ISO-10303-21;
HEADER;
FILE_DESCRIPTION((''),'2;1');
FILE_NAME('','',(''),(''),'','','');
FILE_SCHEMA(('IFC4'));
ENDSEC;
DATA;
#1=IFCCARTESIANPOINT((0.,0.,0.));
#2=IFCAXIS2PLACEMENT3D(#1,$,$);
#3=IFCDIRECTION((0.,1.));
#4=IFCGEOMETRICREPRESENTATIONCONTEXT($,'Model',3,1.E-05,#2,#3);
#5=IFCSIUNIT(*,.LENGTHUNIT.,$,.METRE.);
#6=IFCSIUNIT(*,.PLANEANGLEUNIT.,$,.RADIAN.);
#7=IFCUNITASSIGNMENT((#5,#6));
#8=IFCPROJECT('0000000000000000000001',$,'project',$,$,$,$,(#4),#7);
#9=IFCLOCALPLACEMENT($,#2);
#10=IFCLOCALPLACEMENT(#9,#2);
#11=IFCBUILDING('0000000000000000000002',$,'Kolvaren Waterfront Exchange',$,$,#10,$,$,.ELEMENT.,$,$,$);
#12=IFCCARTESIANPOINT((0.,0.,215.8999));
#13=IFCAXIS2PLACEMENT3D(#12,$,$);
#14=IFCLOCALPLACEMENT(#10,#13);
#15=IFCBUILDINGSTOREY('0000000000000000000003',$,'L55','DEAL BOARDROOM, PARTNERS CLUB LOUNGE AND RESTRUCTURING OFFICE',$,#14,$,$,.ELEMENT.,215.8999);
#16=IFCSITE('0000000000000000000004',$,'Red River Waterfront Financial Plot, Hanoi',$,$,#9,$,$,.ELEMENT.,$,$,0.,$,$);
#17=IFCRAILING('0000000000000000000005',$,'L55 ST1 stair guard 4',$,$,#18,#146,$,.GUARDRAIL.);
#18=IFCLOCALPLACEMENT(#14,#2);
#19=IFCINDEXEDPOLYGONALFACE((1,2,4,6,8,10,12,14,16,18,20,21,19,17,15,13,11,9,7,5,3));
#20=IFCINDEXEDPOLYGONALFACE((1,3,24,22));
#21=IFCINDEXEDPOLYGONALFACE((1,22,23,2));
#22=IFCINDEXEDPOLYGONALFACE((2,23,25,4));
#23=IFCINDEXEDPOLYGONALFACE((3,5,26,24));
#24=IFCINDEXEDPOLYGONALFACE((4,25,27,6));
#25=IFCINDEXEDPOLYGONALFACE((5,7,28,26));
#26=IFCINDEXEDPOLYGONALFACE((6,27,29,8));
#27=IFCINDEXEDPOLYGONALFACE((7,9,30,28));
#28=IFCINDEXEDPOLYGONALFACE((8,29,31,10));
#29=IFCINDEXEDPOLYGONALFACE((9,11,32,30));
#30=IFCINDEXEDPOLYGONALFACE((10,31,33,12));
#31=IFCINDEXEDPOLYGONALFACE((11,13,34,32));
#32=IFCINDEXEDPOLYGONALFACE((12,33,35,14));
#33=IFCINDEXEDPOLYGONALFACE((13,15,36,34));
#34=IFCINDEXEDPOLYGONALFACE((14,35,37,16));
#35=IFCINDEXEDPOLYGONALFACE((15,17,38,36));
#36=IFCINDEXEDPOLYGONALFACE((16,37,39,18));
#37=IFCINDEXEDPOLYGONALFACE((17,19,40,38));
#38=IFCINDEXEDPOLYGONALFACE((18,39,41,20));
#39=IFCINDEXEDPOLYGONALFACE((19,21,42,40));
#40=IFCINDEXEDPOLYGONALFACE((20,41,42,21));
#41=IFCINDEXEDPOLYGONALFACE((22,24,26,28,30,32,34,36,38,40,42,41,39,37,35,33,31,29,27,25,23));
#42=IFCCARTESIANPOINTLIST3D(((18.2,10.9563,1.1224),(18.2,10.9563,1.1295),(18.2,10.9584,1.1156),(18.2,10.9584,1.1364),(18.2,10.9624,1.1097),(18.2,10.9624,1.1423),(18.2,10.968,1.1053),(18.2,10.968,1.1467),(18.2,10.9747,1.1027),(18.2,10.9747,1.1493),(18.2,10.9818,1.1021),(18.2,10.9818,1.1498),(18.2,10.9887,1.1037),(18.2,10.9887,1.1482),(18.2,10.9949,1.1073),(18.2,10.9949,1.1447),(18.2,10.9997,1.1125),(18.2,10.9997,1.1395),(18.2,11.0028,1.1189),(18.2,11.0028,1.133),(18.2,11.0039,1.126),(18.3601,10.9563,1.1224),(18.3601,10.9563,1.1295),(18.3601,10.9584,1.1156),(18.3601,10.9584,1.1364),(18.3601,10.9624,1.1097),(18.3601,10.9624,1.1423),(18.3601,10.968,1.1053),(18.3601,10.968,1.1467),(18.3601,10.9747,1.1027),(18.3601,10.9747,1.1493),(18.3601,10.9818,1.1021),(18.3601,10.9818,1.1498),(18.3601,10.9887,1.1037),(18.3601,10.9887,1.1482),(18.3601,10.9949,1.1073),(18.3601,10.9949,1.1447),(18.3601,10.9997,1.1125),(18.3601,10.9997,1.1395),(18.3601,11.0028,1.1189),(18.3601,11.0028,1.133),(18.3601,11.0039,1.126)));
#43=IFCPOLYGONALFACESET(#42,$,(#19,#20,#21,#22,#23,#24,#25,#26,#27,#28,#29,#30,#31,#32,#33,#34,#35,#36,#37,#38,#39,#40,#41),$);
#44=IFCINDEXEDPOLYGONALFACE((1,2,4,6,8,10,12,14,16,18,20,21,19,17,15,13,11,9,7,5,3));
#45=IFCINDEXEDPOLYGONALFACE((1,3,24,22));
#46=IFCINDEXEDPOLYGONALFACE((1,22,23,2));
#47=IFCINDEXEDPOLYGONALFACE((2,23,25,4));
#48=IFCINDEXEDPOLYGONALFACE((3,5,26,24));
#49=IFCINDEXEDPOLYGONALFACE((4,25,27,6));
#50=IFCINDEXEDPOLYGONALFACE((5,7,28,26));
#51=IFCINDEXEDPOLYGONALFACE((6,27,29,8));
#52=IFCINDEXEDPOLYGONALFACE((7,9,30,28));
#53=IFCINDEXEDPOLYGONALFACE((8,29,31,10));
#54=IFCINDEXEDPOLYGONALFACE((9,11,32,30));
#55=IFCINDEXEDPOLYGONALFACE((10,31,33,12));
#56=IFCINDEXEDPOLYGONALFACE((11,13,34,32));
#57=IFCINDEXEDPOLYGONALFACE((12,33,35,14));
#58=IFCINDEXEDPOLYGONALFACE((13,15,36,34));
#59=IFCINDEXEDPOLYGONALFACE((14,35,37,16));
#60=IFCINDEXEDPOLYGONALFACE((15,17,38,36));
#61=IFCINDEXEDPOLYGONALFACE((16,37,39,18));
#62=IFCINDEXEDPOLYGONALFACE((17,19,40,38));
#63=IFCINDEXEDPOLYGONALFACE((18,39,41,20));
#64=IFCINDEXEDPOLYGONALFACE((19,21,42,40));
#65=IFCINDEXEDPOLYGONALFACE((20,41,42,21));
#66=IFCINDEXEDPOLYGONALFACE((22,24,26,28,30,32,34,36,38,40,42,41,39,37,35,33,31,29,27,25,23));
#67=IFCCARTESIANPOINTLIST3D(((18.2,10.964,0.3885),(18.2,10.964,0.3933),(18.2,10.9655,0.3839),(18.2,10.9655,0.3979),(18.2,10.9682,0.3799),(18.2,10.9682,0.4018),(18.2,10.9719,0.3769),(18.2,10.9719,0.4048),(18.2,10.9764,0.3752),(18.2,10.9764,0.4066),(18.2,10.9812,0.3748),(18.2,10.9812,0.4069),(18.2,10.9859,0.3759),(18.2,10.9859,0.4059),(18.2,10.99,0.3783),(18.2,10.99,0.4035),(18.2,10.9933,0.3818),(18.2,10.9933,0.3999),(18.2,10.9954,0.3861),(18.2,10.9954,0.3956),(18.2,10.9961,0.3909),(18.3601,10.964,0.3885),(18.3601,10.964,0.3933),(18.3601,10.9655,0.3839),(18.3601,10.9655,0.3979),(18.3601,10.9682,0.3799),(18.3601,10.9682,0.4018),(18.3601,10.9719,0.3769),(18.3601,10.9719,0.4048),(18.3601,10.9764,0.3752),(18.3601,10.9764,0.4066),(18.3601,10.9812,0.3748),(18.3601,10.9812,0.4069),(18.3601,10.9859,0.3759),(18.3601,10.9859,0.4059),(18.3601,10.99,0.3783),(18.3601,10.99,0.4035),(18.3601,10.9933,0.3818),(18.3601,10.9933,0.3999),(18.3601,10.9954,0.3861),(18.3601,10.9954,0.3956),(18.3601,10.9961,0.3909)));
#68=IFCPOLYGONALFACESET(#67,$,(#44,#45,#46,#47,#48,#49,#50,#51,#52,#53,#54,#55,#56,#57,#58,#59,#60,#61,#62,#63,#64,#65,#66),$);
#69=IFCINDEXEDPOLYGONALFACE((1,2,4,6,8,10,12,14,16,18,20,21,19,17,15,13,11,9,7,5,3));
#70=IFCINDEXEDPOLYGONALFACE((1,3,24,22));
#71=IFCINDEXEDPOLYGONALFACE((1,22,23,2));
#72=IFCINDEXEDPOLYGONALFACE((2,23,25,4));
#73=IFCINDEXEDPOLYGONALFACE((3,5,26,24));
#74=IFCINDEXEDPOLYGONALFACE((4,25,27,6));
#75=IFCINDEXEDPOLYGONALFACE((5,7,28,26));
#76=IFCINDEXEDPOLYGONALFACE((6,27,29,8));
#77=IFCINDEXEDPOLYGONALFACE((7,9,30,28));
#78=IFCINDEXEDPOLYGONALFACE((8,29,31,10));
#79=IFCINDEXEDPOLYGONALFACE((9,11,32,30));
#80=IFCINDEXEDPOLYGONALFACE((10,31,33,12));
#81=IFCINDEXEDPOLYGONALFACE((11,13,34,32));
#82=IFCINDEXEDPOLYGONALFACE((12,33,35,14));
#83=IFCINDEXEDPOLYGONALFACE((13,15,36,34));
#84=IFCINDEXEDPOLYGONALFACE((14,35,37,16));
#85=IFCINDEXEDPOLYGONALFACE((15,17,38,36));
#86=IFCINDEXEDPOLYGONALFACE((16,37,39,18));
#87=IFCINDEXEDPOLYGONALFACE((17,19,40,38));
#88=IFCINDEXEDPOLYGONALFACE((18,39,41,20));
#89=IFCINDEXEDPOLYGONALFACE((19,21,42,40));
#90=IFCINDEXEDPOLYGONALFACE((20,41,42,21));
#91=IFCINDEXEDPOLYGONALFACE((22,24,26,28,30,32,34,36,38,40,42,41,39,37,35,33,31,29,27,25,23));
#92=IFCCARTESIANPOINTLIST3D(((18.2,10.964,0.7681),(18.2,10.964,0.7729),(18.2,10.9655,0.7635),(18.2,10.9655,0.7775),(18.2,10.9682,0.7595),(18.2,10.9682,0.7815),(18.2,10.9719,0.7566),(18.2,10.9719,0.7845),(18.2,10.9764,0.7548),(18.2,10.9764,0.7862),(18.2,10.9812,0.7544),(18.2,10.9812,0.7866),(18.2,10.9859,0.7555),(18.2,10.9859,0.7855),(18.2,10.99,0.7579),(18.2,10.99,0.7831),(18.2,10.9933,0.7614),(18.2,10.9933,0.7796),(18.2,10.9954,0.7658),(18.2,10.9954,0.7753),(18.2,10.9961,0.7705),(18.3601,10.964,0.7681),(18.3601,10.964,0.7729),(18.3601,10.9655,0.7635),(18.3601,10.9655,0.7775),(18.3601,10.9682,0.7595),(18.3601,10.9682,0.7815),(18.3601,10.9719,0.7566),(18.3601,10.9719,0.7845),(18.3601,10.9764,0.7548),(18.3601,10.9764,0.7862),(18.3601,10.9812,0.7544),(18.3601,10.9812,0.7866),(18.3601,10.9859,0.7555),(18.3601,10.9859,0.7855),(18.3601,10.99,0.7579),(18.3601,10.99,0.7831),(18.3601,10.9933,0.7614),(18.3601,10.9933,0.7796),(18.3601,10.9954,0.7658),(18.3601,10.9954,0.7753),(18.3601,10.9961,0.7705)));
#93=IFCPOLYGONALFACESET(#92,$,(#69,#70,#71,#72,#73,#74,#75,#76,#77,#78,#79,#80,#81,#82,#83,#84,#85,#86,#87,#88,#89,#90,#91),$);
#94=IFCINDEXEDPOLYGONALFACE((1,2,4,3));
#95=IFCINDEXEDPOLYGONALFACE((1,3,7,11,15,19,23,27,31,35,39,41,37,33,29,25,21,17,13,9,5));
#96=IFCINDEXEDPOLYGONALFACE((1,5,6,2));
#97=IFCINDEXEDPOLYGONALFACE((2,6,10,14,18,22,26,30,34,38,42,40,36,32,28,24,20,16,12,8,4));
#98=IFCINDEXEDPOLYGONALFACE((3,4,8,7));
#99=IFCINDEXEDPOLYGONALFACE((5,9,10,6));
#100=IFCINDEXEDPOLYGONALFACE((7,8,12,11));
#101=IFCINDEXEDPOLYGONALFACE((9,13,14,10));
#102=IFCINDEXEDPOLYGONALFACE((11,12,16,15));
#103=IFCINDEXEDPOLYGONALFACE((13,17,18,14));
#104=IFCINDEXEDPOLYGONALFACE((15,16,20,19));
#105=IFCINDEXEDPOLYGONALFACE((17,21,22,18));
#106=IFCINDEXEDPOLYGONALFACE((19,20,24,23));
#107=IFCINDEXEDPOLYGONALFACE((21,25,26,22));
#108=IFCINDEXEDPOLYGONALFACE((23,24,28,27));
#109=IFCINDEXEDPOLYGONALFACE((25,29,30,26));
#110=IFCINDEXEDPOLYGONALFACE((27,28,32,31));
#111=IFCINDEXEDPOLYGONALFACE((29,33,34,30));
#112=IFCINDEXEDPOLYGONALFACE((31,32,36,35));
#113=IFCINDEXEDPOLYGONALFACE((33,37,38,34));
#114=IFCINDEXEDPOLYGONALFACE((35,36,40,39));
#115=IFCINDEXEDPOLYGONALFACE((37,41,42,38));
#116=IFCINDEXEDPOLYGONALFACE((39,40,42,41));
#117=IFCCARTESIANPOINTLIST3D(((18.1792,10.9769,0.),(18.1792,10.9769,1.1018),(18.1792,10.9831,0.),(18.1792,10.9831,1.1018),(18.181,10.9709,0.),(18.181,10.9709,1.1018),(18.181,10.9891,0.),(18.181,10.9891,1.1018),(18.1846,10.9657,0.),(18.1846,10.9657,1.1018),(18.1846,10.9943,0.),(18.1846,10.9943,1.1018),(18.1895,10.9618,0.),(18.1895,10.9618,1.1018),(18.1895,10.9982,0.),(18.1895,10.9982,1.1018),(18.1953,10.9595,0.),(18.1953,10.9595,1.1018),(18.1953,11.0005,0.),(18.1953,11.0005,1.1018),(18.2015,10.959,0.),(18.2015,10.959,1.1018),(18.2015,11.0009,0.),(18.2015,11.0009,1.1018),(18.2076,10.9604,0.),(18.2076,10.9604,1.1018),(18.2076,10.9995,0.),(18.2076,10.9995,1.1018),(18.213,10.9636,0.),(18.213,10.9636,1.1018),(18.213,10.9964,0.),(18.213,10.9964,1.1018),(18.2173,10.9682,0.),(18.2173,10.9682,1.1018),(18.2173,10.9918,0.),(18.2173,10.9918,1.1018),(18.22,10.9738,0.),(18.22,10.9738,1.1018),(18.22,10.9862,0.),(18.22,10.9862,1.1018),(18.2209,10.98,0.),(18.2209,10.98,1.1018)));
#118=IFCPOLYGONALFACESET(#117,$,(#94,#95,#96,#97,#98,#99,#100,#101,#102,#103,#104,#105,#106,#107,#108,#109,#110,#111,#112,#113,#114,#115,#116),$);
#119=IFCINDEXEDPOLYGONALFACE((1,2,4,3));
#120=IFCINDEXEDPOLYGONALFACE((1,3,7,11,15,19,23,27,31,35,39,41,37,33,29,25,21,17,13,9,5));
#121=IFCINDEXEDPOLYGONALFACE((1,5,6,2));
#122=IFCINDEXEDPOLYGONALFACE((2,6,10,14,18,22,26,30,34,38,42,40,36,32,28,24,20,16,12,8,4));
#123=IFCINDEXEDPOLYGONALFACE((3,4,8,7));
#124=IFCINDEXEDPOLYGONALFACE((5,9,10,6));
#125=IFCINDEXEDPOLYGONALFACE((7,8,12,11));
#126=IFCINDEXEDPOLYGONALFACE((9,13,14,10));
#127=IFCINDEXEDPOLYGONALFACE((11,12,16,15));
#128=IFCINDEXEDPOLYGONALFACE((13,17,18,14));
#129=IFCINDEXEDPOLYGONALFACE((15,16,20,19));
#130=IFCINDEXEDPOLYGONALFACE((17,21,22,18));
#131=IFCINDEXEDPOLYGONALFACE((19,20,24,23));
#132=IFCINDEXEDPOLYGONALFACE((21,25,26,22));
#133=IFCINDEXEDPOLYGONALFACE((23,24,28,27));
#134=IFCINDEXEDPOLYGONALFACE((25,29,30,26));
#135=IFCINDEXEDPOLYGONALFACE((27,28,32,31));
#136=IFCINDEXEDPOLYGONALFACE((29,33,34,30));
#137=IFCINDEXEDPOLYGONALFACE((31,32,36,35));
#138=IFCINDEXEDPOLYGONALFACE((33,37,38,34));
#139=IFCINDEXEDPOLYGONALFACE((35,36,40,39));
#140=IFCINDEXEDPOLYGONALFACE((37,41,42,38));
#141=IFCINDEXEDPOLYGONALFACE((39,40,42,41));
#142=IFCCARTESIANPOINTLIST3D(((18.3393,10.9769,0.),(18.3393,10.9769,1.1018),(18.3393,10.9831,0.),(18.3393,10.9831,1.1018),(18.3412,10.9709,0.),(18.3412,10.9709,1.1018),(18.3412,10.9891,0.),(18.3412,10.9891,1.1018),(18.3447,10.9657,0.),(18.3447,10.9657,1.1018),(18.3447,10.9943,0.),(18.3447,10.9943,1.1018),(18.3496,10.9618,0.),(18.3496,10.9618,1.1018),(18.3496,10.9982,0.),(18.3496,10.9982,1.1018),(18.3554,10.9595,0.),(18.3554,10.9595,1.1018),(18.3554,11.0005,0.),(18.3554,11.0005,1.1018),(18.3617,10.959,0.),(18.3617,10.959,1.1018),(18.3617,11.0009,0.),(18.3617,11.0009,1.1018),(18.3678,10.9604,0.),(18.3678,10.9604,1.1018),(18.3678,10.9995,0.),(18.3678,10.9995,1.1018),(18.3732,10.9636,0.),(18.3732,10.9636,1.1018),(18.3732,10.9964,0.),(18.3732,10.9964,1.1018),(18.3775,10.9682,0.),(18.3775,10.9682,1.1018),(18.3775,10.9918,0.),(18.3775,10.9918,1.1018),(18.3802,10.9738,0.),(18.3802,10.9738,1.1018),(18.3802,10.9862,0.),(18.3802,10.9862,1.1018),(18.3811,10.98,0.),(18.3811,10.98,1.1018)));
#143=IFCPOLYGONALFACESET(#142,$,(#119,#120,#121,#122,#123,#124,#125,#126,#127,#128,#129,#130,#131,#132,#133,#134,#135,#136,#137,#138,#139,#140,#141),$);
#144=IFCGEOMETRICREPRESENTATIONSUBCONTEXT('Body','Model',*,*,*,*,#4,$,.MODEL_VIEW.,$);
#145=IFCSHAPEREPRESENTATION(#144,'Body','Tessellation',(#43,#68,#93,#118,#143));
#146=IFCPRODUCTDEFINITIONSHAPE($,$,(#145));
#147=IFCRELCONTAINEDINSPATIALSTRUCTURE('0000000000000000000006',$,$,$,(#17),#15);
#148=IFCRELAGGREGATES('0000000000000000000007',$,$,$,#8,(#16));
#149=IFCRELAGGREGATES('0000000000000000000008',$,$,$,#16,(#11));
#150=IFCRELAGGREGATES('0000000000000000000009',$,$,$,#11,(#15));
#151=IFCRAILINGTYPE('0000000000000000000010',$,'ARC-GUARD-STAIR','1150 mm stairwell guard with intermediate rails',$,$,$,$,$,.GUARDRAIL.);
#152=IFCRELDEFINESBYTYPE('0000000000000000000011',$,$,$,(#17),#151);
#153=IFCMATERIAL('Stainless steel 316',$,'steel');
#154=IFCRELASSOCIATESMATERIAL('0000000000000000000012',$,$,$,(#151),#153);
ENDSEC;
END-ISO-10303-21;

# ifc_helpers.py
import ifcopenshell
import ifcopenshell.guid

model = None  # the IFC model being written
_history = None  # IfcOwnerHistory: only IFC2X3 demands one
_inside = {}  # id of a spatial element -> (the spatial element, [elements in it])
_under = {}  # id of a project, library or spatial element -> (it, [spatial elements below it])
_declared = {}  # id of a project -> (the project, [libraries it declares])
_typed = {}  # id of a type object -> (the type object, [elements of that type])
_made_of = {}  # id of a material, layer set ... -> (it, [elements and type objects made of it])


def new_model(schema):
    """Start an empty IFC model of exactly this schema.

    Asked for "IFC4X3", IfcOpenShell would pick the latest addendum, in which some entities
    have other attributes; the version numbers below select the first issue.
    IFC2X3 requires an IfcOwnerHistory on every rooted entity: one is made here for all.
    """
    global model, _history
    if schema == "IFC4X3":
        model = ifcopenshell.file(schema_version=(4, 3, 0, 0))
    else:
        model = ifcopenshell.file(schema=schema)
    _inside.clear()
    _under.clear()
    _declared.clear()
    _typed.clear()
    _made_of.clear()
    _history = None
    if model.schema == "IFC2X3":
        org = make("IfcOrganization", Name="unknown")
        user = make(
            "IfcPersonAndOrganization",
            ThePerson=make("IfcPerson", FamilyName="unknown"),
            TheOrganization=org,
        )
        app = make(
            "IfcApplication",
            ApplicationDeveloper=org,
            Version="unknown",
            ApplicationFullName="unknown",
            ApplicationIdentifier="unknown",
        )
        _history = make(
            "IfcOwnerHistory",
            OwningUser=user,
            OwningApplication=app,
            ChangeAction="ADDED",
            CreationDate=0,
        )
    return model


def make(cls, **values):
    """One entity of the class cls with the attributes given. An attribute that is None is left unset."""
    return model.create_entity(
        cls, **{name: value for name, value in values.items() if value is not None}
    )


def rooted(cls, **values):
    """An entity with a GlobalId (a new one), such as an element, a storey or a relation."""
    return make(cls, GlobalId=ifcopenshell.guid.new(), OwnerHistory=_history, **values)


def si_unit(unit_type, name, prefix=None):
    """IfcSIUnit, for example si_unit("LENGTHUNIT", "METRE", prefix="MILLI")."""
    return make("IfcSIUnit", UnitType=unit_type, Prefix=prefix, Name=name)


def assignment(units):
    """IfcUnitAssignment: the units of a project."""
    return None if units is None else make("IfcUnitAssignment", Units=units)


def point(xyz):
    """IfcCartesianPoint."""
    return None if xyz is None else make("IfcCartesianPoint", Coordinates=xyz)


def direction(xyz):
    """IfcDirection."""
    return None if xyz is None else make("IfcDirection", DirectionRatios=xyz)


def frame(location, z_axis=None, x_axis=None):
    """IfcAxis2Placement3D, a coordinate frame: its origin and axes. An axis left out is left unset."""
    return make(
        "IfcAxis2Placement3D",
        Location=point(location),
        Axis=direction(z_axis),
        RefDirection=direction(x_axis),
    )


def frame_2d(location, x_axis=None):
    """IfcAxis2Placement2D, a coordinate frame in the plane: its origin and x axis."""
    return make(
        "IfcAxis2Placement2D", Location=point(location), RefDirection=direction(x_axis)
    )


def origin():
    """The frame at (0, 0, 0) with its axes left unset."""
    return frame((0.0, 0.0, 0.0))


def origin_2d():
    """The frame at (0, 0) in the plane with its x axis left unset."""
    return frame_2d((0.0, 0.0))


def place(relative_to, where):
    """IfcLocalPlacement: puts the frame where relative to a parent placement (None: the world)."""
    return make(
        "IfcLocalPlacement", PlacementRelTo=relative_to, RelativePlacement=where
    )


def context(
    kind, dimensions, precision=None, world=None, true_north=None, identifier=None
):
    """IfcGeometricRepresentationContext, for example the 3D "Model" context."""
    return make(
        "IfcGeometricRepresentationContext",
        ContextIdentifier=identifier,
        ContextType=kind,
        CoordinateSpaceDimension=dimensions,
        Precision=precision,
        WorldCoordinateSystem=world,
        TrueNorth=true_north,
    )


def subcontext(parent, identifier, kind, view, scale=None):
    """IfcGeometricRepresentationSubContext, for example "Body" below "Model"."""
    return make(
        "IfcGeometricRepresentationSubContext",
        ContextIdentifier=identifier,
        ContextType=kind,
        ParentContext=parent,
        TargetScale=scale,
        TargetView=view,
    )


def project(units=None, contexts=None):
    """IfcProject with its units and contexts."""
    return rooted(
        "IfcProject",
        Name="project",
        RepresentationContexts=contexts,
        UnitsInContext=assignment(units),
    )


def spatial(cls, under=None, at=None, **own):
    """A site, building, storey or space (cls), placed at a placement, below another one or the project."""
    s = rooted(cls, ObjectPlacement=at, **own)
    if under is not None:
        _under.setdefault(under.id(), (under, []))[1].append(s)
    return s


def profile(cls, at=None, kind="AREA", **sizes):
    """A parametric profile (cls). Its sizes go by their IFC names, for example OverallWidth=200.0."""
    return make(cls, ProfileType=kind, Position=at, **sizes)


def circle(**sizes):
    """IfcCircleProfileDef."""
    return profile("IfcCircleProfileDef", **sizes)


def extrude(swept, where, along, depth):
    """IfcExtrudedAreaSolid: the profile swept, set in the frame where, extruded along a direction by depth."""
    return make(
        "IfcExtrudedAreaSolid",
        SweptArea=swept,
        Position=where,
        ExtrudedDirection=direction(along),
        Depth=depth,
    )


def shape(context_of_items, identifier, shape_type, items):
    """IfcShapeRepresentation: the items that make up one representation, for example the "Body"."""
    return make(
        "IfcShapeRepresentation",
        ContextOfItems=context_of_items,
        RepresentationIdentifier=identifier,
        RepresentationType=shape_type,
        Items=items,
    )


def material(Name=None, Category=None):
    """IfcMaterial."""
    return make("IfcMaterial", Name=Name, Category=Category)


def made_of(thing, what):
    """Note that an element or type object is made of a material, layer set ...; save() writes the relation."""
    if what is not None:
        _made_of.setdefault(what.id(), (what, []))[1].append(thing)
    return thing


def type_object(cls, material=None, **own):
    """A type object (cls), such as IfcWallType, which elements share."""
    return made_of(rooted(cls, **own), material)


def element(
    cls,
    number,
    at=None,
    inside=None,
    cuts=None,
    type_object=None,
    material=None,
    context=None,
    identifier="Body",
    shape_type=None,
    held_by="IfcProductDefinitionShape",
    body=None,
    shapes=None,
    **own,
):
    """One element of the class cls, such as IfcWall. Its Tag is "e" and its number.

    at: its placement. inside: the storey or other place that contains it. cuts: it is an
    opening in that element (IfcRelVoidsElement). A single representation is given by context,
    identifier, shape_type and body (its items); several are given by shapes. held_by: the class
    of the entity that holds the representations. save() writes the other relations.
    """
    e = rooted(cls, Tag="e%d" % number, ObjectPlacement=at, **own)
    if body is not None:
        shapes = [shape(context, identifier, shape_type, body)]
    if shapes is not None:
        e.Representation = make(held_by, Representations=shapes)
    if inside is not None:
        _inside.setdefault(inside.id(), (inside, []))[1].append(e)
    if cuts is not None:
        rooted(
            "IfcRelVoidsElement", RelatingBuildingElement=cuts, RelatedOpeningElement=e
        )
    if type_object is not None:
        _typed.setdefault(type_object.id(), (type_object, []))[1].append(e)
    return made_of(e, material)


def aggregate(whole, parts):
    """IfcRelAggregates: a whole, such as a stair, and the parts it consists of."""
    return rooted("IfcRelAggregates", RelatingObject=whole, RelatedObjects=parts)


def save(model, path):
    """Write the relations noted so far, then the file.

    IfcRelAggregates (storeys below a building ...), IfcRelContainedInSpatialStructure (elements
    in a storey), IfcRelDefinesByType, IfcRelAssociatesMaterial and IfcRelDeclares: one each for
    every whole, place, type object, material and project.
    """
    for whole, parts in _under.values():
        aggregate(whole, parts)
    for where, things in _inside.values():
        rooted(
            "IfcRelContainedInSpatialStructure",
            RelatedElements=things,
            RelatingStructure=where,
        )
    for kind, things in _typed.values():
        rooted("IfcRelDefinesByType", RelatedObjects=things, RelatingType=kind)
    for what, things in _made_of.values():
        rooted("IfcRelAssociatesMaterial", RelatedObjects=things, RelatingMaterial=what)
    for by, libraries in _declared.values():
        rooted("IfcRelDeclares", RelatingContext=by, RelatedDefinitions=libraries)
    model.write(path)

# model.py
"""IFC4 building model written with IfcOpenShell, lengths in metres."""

from ifc_helpers import new_model, si_unit, direction, frame, origin, origin_2d, place, context, subcontext, project, spatial, circle, extrude, material, type_object, element, save


model = new_model("IFC4")

# Units and contexts
model_context = context("Model", 3, precision=1e-05, world=origin(), true_north=direction((0.0, 1.0)))
body_context = subcontext(model_context, "Body", "Model", "MODEL_VIEW")
ifc_project = project(units=[si_unit("LENGTHUNIT", "METRE"), si_unit("PLANEANGLEUNIT", "RADIAN")], contexts=[model_context])

# Site, building, storey
site_placement = place(None, origin())
site = spatial("IfcSite", under=ifc_project, at=site_placement, Name="Red River Waterfront Financial Plot, Hanoi", CompositionType="ELEMENT", RefElevation=0.0)
building_placement = place(site_placement, origin())
building = spatial("IfcBuilding", under=site, at=building_placement, Name="Kolvaren Waterfront Exchange", CompositionType="ELEMENT")
storey_placement = place(building_placement, frame((0.0, 0.0, 215.8999)))
storey = spatial("IfcBuildingStorey", under=building, at=storey_placement, Name="L55", Description="DEAL BOARDROOM, PARTNERS CLUB LOUNGE AND RESTRUCTURING OFFICE", CompositionType="ELEMENT", Elevation=215.8999)

# Railing
ifc_material_1 = material(Name="Stainless steel 316", Category="steel")
railing_type_1 = type_object("IfcRailingType", Name="ARC-GUARD-STAIR", Description="1150 mm stairwell guard with intermediate rails", PredefinedType="GUARDRAIL", material=ifc_material_1)
railing_1_placement = place(storey_placement, frame((18.2, 10.98, 0.0)))
element("IfcRailing", 1, at=railing_1_placement, inside=storey, type_object=railing_type_1, Name="L55 ST1 stair guard 4", PredefinedType="GUARDRAIL", context=body_context, shape_type="SweptSolid", body=[
    extrude(circle(Radius=0.0239, at=origin_2d()), frame((0.0, 0.0, 1.126), z_axis=(1.0, 0.0, 0.0), x_axis=(0.0, 1.0, 0.0)), (0.0, 0.0, 1.0), 0.1602),
    extrude(circle(Radius=0.0161, at=origin_2d()), frame((0.0, 0.0, 0.3909), z_axis=(1.0, 0.0, 0.0), x_axis=(0.0, 1.0, 0.0)), (0.0, 0.0, 1.0), 0.1602),
    extrude(circle(Radius=0.0161, at=origin_2d()), frame((0.0, 0.0, 0.7705), z_axis=(1.0, 0.0, 0.0), x_axis=(0.0, 1.0, 0.0)), (0.0, 0.0, 1.0), 0.1602),
    extrude(circle(Radius=0.021, at=origin_2d()), origin(), (0.0, 0.0, 1.0), 1.1018),
    extrude(circle(Radius=0.021, at=origin_2d()), frame((0.1602, 0.0, 0.0)), (0.0, 0.0, 1.0), 1.1018),
])

save(model, "model.ifc")
